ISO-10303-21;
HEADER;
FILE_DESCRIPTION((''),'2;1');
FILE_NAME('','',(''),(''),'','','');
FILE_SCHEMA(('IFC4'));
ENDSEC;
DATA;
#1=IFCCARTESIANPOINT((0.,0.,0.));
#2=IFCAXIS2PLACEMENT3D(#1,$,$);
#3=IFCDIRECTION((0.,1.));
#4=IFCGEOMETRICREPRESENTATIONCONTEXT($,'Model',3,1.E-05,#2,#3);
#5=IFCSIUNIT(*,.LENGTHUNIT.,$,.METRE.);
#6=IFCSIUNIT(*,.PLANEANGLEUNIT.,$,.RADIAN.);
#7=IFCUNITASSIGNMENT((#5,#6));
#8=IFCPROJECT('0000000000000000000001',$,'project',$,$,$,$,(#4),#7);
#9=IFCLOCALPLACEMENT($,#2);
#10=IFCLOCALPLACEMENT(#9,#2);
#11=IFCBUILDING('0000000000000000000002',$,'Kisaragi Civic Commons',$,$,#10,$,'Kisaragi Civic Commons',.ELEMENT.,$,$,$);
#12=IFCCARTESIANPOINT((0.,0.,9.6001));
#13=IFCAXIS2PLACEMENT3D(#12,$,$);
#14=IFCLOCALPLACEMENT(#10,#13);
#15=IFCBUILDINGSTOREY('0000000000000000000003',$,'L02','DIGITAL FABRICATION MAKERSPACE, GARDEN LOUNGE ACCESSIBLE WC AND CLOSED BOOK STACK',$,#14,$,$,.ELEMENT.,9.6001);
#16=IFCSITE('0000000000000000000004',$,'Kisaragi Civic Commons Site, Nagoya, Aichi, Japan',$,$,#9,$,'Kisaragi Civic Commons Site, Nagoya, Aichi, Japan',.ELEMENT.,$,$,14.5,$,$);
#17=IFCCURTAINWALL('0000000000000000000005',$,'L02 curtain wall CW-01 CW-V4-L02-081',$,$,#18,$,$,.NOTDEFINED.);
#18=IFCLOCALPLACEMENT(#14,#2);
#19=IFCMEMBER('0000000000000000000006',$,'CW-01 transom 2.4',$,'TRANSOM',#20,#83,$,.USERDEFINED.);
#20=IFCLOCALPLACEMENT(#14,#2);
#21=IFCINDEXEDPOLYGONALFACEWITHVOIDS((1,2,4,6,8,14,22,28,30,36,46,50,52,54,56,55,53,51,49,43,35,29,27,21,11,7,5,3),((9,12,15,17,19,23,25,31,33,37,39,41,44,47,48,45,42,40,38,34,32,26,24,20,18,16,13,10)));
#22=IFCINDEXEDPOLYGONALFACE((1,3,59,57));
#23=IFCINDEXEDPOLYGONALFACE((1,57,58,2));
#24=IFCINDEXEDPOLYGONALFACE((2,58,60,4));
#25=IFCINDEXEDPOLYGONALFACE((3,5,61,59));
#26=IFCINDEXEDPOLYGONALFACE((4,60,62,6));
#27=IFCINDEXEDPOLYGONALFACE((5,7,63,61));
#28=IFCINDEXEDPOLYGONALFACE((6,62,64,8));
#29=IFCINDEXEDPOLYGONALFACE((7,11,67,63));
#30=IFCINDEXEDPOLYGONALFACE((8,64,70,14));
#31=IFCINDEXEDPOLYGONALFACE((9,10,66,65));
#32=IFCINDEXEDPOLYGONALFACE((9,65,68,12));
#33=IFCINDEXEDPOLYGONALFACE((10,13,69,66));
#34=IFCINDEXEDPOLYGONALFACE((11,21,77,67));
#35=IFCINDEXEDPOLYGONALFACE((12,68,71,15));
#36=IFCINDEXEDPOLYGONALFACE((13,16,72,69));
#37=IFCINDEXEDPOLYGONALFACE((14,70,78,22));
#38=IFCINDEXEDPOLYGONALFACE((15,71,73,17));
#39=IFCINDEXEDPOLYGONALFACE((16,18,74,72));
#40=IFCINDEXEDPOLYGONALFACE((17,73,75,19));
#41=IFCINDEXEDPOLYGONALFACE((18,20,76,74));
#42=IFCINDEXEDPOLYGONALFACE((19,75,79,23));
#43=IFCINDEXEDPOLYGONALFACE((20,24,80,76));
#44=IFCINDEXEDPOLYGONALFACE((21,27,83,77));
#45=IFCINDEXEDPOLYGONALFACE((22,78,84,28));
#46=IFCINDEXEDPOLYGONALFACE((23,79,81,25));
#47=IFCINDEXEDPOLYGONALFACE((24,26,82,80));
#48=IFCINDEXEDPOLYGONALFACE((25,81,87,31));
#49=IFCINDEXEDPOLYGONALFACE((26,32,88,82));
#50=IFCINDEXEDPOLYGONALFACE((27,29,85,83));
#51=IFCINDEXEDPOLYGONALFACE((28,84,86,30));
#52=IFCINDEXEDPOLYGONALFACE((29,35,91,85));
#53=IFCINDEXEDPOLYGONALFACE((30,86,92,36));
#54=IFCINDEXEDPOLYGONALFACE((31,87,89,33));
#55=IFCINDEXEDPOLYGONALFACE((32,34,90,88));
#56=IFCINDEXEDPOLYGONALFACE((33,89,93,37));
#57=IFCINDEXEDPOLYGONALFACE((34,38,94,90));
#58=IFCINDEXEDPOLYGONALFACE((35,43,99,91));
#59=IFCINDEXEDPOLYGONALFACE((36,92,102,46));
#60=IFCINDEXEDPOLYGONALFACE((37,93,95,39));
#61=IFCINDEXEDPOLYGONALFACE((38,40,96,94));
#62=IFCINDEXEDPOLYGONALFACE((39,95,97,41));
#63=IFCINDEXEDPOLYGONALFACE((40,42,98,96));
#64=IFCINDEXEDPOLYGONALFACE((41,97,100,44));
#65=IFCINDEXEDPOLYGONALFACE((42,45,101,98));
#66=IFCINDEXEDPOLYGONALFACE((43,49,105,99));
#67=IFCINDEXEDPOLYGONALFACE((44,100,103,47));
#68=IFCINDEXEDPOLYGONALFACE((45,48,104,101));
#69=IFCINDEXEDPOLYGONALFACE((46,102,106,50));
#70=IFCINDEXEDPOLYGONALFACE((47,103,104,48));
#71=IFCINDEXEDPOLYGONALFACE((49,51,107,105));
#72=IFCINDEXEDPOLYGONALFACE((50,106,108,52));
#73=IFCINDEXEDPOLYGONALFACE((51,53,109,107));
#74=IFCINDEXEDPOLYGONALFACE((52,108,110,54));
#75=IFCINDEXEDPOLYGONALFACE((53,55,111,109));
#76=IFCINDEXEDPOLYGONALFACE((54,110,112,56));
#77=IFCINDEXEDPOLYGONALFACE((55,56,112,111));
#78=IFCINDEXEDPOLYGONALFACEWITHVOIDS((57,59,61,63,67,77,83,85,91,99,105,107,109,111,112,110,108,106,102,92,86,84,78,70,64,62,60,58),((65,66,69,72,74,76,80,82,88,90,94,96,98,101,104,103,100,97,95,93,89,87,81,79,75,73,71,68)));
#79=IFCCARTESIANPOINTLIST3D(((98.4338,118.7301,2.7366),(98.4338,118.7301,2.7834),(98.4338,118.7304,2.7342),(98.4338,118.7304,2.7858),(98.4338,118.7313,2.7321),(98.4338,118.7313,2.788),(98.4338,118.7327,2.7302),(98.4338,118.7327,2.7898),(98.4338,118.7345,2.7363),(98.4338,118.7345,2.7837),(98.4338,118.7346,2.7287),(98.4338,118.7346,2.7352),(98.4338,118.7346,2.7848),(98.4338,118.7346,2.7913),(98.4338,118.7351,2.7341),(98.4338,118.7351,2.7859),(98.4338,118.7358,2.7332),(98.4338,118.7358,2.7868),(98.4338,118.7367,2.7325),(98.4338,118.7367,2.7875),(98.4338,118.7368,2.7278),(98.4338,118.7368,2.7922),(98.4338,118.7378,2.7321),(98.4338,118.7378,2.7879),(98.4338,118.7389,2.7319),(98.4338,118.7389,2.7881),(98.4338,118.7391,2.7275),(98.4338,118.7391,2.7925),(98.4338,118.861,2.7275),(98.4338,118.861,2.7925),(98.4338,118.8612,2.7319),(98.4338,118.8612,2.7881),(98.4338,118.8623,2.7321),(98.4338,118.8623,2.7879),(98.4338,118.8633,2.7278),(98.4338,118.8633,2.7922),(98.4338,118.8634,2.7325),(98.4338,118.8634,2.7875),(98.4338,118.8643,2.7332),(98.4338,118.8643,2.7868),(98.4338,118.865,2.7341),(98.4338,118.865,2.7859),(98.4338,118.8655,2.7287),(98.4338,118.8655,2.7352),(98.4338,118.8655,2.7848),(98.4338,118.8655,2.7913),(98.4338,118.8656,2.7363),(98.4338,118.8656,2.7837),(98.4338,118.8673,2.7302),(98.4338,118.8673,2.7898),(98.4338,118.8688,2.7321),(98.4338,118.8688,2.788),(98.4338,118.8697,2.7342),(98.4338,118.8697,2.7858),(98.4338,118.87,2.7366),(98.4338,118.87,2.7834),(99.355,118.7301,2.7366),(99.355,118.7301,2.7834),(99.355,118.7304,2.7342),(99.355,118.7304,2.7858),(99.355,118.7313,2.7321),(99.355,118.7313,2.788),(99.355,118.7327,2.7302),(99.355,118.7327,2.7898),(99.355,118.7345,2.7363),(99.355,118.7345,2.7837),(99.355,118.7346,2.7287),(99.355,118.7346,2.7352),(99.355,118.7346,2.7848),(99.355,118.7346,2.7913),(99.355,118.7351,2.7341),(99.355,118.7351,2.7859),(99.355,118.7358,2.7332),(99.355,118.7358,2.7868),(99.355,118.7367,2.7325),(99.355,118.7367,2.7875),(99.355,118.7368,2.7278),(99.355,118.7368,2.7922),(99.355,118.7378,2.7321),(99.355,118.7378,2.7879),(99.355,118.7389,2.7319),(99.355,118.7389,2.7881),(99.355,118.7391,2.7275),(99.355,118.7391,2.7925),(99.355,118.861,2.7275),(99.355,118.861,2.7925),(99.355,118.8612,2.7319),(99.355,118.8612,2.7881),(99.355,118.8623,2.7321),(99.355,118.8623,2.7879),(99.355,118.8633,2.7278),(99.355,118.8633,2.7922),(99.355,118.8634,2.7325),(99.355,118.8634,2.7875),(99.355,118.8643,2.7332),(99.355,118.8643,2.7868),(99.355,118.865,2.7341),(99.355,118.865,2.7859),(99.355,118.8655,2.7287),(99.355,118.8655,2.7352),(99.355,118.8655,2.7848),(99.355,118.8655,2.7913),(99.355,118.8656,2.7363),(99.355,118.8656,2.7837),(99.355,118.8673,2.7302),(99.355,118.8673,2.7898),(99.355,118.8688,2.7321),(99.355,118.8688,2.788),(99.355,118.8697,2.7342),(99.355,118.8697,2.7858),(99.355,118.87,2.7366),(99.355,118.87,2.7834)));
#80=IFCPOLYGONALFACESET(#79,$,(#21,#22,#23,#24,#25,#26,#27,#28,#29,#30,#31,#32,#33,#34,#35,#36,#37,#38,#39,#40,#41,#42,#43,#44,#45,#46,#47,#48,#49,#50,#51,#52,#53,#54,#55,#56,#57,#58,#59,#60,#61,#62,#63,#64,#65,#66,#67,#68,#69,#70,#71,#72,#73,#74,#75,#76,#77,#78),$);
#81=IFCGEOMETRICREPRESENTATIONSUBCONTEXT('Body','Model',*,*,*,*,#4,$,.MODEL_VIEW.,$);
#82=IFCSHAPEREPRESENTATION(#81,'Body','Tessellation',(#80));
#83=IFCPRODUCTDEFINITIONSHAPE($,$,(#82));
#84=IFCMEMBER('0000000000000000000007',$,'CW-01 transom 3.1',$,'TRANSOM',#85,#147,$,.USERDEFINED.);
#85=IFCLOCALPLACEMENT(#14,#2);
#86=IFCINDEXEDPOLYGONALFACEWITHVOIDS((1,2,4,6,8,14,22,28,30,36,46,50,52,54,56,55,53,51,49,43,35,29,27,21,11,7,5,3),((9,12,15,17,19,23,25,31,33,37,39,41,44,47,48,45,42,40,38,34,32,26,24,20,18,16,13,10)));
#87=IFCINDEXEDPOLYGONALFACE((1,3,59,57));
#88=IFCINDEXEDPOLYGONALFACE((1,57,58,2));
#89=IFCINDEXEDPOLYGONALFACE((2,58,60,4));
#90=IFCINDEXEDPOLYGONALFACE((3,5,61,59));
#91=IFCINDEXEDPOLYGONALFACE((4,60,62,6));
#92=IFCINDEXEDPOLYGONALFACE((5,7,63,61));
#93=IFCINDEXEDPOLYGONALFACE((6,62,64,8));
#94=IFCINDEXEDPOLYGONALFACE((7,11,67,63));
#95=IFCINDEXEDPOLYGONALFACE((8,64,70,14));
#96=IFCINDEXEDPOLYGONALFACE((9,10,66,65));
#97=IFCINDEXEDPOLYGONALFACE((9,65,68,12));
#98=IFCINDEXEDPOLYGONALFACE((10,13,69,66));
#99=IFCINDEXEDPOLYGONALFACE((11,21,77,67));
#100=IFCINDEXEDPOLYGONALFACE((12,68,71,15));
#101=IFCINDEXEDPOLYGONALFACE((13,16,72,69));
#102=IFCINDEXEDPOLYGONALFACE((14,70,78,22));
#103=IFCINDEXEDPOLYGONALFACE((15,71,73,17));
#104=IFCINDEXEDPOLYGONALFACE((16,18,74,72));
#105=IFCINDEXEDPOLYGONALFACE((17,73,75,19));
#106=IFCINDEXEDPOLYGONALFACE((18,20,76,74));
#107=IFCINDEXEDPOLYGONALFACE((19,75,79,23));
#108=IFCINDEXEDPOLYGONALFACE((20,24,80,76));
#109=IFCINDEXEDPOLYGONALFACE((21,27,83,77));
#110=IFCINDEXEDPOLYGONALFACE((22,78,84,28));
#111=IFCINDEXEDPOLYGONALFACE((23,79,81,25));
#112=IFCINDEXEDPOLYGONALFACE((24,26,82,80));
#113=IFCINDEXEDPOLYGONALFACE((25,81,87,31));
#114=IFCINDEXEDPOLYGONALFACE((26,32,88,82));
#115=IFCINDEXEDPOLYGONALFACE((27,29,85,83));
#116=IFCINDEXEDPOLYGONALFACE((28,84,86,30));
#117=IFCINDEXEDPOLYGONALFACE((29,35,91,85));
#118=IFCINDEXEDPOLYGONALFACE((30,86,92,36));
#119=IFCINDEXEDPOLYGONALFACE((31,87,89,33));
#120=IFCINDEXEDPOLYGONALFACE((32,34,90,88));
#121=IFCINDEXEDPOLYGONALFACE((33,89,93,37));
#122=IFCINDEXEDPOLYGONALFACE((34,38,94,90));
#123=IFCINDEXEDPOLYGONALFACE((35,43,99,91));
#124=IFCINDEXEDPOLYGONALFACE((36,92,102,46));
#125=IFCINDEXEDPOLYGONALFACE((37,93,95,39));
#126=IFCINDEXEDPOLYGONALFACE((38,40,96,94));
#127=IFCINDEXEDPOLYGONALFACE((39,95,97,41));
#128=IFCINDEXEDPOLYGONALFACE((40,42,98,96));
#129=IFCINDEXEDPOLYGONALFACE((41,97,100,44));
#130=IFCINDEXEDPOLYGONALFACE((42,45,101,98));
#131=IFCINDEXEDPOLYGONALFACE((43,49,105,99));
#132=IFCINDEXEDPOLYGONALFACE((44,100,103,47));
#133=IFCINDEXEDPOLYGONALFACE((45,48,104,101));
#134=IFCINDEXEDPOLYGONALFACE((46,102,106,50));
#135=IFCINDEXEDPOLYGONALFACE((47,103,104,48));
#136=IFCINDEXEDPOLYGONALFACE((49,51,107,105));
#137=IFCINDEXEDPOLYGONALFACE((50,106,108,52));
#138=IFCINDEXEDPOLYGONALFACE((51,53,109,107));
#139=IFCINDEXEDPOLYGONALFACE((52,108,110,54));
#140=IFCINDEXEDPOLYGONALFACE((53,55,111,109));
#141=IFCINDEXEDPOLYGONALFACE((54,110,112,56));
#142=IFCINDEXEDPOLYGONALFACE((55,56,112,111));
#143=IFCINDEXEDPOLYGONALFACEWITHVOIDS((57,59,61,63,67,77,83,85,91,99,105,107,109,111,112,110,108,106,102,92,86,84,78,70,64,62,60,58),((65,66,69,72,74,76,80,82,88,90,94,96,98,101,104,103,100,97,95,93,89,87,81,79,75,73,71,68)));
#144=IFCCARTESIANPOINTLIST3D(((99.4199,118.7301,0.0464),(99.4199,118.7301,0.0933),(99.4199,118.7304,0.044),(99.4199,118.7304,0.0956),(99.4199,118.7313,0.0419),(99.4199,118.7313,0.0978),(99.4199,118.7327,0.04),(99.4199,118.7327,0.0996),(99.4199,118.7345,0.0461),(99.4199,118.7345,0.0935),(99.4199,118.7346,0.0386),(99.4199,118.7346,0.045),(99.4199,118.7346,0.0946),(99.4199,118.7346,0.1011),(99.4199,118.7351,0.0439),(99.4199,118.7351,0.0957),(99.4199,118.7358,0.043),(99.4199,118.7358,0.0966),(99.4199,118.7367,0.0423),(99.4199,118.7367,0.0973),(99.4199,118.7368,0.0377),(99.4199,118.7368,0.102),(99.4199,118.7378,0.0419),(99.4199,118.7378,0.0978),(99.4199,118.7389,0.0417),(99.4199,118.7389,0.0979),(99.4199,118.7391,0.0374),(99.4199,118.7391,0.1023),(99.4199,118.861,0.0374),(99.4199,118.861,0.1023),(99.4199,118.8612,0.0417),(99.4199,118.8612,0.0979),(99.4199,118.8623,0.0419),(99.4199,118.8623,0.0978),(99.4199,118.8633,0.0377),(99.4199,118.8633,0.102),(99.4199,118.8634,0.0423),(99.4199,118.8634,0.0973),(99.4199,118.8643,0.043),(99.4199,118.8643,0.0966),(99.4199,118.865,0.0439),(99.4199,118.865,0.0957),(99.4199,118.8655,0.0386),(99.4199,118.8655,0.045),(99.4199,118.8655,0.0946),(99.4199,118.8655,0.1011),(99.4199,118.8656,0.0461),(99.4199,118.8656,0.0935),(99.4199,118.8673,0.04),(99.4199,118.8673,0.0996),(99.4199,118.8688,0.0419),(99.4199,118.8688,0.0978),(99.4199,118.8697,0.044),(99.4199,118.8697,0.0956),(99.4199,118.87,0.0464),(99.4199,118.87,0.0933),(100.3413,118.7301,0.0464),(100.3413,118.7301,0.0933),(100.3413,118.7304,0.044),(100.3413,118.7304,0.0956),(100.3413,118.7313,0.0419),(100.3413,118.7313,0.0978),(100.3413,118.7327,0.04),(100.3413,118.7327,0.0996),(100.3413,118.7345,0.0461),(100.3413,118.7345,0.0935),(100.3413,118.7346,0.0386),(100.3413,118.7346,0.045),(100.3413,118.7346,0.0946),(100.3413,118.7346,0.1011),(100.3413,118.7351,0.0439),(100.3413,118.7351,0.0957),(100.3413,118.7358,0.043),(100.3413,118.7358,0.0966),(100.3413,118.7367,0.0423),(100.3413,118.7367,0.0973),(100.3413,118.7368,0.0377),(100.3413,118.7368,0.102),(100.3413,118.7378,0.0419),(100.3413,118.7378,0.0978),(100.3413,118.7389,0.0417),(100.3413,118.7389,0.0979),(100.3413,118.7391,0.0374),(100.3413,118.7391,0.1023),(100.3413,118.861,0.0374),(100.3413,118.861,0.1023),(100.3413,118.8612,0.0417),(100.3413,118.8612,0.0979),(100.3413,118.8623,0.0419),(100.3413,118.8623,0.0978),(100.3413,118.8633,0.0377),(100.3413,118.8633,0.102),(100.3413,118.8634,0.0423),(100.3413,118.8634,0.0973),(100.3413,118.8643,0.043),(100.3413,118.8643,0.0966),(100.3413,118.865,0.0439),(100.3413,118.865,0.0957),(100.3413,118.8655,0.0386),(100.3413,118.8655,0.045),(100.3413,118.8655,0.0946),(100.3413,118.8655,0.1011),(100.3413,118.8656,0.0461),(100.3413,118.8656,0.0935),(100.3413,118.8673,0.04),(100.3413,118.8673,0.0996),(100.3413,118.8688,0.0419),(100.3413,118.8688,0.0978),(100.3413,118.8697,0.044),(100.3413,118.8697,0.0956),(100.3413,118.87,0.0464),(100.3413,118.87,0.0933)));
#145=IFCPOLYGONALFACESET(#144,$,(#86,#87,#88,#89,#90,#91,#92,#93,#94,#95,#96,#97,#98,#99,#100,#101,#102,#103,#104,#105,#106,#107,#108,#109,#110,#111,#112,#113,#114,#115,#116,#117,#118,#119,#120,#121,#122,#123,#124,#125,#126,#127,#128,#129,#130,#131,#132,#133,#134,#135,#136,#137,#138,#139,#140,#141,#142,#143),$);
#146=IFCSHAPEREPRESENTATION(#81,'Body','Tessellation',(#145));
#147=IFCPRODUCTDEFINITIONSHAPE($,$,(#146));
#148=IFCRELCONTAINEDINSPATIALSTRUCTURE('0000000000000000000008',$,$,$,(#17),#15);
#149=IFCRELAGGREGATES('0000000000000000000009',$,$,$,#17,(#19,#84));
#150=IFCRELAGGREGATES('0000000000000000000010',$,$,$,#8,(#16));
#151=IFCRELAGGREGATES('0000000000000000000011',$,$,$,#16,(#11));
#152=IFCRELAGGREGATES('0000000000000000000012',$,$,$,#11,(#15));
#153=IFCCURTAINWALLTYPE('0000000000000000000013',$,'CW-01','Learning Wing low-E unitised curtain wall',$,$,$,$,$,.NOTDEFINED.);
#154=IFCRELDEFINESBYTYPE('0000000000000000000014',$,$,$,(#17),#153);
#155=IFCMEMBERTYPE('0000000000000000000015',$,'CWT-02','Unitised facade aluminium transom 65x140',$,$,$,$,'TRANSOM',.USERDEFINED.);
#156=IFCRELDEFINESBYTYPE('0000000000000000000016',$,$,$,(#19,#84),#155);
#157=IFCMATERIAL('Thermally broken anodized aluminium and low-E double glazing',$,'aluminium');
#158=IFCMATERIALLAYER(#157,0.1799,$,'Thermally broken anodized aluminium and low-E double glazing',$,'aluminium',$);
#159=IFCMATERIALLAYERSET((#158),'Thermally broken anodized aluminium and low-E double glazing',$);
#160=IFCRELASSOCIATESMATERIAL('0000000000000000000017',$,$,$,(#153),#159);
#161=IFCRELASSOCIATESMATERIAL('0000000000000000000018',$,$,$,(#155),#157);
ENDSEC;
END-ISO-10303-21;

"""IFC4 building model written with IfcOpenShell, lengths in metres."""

from ifc_helpers import new_model, si_unit, direction, frame, origin, origin_2d, place, context, subcontext, project, spatial, hollow_rectangle, extrude, material, layer, layer_set, material_profile, profile_set, type_object, element, aggregate, save


model = new_model("IFC4")

# Units and contexts
model_context = context("Model", 3, precision=1e-05, world=origin(), true_north=direction((0.0, 1.0)))
body_context = subcontext(model_context, "Body", "Model", "MODEL_VIEW")
ifc_project = project(units=[si_unit("LENGTHUNIT", "METRE"), si_unit("PLANEANGLEUNIT", "RADIAN")], contexts=[model_context])

# Site, building, storey
site_placement = place(None, origin())
site = spatial("IfcSite", under=ifc_project, at=site_placement, Name="Kisaragi Civic Commons Site, Nagoya, Aichi, Japan", LongName="Kisaragi Civic Commons Site, Nagoya, Aichi, Japan", CompositionType="ELEMENT", RefElevation=14.5)
building_placement = place(site_placement, origin())
building = spatial("IfcBuilding", under=site, at=building_placement, Name="Kisaragi Civic Commons", LongName="Kisaragi Civic Commons", CompositionType="ELEMENT")
storey_placement = place(building_placement, frame((0.0, 0.0, 9.6001)))
storey = spatial("IfcBuildingStorey", under=building, at=storey_placement, Name="L02", Description="DIGITAL FABRICATION MAKERSPACE, GARDEN LOUNGE ACCESSIBLE WC AND CLOSED BOOK STACK", CompositionType="ELEMENT", Elevation=9.6001)

# Curtain wall, members
ifc_material_1 = material(Name="Thermally broken anodized aluminium and low-E double glazing", Category="aluminium")
ifc_layer_1 = layer(ifc_material_1, 0.1799, Name="Thermally broken anodized aluminium and low-E double glazing", Category="aluminium")
ifc_layer_set_1 = layer_set([ifc_layer_1], Name="Thermally broken anodized aluminium and low-E double glazing")
curtain_wall_type = type_object("IfcCurtainWallType", Name="CW-01", Description="Learning Wing low-E unitised curtain wall", PredefinedType="NOTDEFINED", material=ifc_layer_set_1)
curtain_wall_placement = place(storey_placement, origin())
curtain_wall = element("IfcCurtainWall", 1, at=curtain_wall_placement, inside=storey, type_object=curtain_wall_type, Name="L02 curtain wall CW-01 CW-V4-L02-081", PredefinedType="NOTDEFINED")
ifc_material_profile_1 = material_profile(ifc_material_1, hollow_rectangle(XDim=0.1399, YDim=0.0649, WallThickness=0.0044, InnerFilletRadius=0.0044, OuterFilletRadius=0.009, at=origin_2d()), Name="CWT-65x140x4.5", Category="aluminium")
ifc_profile_set_1 = profile_set([ifc_material_profile_1], Name="Thermally broken anodized aluminium and low-E double glazing")
member_type_1 = type_object("IfcMemberType", Name="CWT-02", Description="Unitised facade aluminium transom 65x140", ElementType="TRANSOM", PredefinedType="USERDEFINED", material=ifc_profile_set_1)
member_1_placement = place(storey_placement, frame((98.4338, 118.8, 2.76), z_axis=(1.0, 0.0, 0.0), x_axis=(0.0, 1.0, 0.0)))
member_1 = element("IfcMember", 2, at=member_1_placement, type_object=member_type_1, Name="CW-01 transom 2.4", ObjectType="TRANSOM", PredefinedType="USERDEFINED", context=body_context, shape_type="SweptSolid", body=[
    extrude(hollow_rectangle(XDim=0.1399, YDim=0.0649, WallThickness=0.0044, InnerFilletRadius=0.0044, OuterFilletRadius=0.009, at=origin_2d()), origin(), (0.0, 0.0, 1.0), 0.9211),
])
member_2_placement = place(storey_placement, frame((99.4199, 118.8, 0.0698), z_axis=(1.0, 0.0, 0.0), x_axis=(0.0, 1.0, 0.0)))
member_2 = element("IfcMember", 3, at=member_2_placement, type_object=member_type_1, Name="CW-01 transom 3.1", ObjectType="TRANSOM", PredefinedType="USERDEFINED", context=body_context, shape_type="SweptSolid", body=[
    extrude(hollow_rectangle(XDim=0.1399, YDim=0.0649, WallThickness=0.0044, InnerFilletRadius=0.0044, OuterFilletRadius=0.009, at=origin_2d()), origin(), (0.0, 0.0, 1.0), 0.9214),
])

aggregate(curtain_wall, [member_1, member_2])

save(model, "model.ifc")
